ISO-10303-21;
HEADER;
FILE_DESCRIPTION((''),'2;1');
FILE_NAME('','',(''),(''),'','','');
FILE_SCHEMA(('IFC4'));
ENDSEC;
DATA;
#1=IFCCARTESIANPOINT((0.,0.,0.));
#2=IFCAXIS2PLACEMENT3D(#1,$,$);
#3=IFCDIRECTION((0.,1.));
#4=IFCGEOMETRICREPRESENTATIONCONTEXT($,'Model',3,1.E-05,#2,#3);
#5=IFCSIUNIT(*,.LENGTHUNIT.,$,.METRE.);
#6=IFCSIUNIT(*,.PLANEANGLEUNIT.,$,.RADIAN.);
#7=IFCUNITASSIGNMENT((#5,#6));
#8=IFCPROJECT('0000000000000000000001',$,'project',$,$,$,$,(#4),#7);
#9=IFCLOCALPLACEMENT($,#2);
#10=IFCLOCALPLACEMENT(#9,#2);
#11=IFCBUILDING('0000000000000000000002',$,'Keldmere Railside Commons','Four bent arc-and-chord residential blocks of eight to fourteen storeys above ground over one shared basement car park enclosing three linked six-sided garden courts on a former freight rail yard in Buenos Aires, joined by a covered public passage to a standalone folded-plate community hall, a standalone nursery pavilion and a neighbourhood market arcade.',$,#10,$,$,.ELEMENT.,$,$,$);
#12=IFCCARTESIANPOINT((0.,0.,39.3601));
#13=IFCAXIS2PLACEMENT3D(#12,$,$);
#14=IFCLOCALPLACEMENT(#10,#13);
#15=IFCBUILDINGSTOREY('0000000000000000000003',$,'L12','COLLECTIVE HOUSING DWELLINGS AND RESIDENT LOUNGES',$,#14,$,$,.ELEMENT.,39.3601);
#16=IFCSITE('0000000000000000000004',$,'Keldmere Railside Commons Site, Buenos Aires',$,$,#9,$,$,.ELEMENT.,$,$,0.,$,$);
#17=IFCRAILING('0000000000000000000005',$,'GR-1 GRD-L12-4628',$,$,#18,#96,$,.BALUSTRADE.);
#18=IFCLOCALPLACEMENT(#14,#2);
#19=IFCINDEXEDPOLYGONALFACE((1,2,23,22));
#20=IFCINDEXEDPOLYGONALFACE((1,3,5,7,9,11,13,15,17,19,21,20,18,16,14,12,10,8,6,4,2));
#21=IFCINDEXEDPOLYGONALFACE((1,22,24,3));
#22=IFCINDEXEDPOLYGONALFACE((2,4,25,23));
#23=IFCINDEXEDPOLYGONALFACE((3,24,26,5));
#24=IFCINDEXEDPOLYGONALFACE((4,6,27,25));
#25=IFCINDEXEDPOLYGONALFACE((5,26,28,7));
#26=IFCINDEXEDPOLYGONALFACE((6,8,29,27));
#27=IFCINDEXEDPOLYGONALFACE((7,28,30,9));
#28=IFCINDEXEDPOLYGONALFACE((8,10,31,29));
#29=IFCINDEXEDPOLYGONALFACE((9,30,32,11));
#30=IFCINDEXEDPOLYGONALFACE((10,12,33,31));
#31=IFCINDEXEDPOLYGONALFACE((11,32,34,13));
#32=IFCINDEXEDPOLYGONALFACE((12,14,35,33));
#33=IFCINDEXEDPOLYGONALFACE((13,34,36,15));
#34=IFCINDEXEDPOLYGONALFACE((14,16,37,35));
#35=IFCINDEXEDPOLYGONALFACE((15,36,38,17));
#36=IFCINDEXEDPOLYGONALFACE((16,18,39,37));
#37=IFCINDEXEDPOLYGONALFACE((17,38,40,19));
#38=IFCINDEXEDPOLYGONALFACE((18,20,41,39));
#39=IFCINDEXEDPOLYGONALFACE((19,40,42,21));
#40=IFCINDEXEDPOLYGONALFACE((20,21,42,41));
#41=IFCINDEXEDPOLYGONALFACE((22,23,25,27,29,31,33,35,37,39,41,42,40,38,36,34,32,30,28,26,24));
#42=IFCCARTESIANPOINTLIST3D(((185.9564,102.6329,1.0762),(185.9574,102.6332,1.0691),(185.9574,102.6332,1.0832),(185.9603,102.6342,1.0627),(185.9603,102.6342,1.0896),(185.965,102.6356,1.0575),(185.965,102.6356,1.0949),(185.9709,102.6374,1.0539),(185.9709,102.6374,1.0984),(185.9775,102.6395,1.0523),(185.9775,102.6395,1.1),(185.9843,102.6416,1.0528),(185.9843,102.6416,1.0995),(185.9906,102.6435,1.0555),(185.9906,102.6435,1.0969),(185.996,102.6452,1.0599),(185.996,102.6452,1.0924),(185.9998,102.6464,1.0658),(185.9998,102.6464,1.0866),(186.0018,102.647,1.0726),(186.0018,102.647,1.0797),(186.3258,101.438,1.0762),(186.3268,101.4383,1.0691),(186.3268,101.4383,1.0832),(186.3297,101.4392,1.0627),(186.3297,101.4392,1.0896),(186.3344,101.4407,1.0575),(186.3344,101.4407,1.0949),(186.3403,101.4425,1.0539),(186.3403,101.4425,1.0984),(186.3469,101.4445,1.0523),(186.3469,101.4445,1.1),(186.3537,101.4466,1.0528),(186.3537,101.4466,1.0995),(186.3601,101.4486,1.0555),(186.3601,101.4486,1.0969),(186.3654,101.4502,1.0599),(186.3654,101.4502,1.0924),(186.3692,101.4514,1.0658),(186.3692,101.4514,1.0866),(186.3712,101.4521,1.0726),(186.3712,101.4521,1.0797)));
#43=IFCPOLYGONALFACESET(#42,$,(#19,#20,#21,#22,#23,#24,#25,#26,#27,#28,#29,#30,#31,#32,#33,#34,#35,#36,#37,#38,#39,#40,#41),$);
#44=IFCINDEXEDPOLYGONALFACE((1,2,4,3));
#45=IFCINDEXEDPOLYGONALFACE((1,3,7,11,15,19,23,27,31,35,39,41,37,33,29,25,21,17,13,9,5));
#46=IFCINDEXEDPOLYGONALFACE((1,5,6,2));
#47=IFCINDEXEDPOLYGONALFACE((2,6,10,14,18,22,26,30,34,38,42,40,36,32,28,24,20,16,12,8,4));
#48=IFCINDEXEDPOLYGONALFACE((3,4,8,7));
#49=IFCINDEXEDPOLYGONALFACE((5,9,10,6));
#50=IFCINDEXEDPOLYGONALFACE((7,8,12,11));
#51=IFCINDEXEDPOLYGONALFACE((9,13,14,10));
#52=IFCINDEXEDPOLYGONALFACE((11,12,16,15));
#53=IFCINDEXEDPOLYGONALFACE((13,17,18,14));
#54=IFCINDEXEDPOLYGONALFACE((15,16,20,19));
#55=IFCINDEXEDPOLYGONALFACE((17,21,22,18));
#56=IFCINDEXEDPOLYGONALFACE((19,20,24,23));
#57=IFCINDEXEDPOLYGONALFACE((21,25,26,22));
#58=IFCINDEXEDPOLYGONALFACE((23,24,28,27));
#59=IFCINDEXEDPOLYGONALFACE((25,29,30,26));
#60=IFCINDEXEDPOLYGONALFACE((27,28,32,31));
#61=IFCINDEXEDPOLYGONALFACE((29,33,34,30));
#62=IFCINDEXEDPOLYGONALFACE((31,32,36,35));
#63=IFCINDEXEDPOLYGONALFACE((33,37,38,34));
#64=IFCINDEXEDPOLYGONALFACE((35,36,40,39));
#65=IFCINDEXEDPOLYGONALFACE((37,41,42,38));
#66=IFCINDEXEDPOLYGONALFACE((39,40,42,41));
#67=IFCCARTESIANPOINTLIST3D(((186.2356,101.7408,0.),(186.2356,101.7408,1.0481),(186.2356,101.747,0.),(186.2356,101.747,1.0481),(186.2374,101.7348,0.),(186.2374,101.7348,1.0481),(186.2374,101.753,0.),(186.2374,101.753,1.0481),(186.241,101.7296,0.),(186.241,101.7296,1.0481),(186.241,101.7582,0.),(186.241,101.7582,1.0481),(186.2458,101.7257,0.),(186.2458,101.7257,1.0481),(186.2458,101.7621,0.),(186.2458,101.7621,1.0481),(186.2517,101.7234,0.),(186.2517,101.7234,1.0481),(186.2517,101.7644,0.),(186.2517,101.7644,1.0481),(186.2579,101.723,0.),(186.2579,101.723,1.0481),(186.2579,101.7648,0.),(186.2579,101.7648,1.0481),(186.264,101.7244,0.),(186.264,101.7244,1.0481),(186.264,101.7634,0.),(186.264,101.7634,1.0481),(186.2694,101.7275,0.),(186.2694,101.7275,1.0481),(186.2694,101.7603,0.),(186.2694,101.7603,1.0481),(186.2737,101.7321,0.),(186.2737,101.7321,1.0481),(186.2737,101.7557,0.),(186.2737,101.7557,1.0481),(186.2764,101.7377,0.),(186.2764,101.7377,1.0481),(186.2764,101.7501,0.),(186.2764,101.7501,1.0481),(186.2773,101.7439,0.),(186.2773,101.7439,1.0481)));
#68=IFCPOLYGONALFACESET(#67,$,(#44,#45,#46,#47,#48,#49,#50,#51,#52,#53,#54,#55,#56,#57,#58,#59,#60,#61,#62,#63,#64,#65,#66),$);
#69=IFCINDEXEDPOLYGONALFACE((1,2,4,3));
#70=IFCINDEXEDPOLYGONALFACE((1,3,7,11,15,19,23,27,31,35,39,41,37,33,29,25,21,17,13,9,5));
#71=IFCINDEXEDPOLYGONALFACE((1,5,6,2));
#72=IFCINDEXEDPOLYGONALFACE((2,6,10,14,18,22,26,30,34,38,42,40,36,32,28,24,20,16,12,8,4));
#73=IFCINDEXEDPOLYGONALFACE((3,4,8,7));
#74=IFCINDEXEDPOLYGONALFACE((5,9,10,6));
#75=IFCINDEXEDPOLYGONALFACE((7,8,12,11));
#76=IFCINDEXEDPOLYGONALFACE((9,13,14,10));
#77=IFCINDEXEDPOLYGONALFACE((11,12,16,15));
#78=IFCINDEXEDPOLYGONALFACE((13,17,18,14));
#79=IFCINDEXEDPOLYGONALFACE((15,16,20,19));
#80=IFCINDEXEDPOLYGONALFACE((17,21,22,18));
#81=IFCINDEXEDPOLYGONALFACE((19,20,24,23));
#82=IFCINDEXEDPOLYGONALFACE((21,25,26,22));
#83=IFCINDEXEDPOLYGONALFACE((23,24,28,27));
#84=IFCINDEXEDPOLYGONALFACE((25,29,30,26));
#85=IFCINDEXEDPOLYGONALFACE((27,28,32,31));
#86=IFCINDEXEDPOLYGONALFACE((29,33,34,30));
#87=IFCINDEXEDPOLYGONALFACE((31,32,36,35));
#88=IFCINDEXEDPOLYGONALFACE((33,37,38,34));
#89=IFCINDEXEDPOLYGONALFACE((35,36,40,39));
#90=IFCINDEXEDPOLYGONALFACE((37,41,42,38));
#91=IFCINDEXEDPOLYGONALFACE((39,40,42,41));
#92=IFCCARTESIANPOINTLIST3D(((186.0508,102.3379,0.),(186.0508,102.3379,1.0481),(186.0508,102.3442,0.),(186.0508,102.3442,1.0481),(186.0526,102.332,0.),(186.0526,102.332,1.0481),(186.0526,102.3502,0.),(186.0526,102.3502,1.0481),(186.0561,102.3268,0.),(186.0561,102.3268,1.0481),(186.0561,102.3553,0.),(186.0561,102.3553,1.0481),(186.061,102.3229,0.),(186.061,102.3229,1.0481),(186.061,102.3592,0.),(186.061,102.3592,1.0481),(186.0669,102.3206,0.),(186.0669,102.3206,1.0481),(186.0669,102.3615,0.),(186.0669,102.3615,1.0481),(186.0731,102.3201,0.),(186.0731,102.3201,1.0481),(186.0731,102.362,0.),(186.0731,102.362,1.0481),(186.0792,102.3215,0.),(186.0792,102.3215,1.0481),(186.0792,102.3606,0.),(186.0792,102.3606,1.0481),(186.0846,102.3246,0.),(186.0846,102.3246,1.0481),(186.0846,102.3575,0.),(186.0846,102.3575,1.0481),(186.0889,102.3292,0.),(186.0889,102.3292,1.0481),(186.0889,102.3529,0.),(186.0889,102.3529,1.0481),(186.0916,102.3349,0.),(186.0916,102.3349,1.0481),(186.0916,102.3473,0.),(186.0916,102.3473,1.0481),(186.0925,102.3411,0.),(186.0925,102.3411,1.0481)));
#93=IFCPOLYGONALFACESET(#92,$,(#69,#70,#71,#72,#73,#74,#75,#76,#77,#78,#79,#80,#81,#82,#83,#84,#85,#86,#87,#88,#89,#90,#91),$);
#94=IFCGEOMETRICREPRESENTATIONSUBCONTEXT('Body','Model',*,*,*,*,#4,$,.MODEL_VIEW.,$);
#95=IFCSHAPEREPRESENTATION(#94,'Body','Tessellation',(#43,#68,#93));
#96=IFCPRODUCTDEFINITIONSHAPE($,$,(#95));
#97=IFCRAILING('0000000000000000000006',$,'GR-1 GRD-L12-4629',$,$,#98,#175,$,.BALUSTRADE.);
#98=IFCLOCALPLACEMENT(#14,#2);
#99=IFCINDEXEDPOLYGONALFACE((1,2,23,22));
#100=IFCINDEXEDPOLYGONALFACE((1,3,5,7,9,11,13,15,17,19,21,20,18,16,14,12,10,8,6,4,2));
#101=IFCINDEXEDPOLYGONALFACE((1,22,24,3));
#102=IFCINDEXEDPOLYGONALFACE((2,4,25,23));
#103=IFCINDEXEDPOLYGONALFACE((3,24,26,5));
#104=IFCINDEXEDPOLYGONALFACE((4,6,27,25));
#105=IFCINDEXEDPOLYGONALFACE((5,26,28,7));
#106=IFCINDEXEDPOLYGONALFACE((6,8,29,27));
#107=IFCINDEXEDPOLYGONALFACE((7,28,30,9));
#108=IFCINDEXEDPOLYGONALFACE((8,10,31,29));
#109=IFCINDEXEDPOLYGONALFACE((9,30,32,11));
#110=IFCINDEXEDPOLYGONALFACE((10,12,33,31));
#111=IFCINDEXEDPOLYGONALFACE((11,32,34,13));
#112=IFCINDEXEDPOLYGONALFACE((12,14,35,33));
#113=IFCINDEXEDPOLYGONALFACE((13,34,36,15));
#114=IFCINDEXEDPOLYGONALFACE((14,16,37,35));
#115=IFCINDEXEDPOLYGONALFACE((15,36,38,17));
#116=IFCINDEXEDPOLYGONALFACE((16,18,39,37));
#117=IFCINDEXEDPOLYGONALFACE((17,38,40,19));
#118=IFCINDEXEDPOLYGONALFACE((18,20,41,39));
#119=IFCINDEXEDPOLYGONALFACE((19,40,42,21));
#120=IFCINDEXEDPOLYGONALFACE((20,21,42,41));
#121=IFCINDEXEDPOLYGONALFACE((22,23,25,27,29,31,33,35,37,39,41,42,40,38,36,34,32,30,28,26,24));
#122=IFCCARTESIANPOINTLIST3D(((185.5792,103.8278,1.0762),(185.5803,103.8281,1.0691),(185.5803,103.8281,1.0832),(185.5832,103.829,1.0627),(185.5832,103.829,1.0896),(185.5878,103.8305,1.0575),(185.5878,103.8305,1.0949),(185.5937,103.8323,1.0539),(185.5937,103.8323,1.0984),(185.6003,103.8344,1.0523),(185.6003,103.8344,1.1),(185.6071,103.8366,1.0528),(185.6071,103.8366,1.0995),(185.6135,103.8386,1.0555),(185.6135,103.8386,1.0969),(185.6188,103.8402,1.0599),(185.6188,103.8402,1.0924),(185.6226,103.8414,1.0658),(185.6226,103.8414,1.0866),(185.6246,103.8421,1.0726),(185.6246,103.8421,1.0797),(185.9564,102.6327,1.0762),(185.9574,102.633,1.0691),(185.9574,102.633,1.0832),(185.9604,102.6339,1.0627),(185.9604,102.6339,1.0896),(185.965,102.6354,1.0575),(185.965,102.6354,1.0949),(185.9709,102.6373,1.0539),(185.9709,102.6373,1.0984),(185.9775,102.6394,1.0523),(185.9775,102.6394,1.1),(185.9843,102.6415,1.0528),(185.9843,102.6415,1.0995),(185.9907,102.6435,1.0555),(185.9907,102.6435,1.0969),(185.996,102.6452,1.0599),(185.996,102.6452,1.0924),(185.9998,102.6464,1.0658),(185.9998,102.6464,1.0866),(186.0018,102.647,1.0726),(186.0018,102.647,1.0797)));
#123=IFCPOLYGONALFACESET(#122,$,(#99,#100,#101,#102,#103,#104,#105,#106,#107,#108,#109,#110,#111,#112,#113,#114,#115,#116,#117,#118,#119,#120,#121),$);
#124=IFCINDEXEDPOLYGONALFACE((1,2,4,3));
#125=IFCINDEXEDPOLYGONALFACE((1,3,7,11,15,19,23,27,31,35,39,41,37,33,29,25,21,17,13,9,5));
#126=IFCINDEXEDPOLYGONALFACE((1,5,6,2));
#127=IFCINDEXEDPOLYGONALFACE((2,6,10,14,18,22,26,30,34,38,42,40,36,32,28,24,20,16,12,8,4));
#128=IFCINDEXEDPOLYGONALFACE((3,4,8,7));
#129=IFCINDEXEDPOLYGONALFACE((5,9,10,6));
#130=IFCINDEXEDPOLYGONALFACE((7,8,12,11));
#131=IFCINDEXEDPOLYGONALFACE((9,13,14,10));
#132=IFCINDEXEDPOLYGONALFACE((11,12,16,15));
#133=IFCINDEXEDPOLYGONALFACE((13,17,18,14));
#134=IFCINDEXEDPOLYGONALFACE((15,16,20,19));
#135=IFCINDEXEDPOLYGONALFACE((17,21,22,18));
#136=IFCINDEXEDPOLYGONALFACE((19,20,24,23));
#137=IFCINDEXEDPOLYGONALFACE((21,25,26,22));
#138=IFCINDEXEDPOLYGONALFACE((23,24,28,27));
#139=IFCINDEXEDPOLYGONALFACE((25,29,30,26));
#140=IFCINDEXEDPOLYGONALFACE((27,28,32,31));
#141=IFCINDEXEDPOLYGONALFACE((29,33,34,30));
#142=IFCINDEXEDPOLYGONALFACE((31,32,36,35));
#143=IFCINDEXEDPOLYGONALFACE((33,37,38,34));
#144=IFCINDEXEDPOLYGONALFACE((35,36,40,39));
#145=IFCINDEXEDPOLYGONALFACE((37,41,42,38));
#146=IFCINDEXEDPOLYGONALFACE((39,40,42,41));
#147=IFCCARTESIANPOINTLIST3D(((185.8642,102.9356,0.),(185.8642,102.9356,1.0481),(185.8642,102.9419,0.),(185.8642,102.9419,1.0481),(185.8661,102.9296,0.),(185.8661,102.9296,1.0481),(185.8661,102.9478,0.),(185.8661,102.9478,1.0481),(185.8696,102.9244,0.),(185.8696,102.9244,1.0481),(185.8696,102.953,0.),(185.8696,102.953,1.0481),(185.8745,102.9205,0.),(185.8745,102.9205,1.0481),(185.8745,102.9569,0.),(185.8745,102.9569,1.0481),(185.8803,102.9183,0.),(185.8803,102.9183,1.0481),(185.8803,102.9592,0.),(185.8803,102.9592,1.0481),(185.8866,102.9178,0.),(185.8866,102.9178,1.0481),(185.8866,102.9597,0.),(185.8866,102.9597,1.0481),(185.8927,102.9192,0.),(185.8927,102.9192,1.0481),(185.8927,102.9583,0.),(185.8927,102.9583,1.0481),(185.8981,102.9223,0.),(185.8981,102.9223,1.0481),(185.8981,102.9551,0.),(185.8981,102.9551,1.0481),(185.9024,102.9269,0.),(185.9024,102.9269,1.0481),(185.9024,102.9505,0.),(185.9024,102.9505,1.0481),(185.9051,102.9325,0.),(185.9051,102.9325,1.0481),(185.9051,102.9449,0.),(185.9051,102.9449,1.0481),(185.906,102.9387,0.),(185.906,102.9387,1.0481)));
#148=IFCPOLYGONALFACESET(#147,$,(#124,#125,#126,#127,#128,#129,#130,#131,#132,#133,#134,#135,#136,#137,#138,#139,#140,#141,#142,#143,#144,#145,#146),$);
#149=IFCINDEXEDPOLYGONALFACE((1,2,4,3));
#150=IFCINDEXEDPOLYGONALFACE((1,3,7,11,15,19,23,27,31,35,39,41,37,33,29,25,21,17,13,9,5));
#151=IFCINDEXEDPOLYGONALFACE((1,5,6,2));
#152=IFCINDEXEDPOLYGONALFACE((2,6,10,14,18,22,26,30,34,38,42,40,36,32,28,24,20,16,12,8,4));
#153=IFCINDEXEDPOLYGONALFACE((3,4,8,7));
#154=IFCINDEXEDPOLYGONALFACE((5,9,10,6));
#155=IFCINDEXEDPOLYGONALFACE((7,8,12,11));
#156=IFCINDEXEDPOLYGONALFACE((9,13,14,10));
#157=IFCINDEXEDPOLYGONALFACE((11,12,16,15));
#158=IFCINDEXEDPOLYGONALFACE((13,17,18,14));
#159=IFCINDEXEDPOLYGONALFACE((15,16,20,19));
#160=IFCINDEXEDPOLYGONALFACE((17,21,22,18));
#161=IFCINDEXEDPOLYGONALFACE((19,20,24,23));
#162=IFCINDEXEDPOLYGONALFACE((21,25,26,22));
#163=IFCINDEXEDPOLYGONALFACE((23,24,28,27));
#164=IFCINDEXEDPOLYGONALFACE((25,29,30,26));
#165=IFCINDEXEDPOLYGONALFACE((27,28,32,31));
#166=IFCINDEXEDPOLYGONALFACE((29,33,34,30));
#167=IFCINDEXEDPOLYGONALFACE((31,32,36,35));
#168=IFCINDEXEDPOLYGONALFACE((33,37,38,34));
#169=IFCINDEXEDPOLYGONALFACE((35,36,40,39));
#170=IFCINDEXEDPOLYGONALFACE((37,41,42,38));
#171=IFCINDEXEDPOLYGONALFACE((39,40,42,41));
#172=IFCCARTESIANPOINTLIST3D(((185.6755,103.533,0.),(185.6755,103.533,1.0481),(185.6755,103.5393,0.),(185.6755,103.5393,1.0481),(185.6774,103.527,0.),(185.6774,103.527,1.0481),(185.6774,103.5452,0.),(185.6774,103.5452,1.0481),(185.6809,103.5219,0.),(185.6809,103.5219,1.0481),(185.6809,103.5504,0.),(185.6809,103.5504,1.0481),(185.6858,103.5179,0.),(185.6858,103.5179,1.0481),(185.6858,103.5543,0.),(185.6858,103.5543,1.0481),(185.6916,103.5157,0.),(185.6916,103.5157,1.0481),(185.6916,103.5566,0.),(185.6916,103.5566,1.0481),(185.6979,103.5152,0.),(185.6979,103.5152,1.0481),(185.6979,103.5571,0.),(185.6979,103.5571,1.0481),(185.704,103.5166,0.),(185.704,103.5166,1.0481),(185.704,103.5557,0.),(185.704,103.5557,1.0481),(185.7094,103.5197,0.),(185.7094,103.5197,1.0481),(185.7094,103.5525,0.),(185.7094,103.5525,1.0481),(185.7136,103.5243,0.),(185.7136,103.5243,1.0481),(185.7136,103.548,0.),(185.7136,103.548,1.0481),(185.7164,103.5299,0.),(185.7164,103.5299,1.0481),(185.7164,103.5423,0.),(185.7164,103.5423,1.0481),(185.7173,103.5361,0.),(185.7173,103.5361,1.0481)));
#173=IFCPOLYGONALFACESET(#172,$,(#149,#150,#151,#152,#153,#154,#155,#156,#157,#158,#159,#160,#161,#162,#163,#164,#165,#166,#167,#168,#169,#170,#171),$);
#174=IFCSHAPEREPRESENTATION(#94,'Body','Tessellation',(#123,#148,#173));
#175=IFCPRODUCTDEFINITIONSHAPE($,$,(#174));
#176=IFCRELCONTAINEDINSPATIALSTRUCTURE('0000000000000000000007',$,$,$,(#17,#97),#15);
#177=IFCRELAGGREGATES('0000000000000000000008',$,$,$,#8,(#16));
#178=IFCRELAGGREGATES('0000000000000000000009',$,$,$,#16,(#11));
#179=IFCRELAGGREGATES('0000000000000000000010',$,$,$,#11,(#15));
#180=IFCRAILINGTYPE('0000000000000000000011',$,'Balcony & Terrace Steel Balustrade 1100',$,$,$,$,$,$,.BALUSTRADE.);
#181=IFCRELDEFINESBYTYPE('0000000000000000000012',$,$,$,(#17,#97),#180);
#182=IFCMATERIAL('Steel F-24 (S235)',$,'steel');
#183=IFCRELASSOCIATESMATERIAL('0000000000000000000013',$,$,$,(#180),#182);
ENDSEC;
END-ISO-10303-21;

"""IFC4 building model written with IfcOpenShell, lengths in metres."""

from ifc_helpers import new_model, si_unit, direction, frame, origin, origin_2d, place, context, subcontext, project, spatial, circle, extrude, material, type_object, element, save


model = new_model("IFC4")

# Units and contexts
model_context = context("Model", 3, precision=1e-05, world=origin(), true_north=direction((0.0, 1.0)))
body_context = subcontext(model_context, "Body", "Model", "MODEL_VIEW")
ifc_project = project(units=[si_unit("LENGTHUNIT", "METRE"), si_unit("PLANEANGLEUNIT", "RADIAN")], contexts=[model_context])

# Site, building, storey
site_placement = place(None, origin())
site = spatial("IfcSite", under=ifc_project, at=site_placement, Name="Keldmere Railside Commons Site, Buenos Aires", CompositionType="ELEMENT", RefElevation=0.0)
building_placement = place(site_placement, origin())
building = spatial("IfcBuilding", under=site, at=building_placement, Name="Keldmere Railside Commons", Description="Four bent arc-and-chord residential blocks of eight to fourteen storeys above ground over one shared basement car park enclosing three linked six-sided garden courts on a former freight rail yard in Buenos Aires, joined by a covered public passage to a standalone folded-plate community hall, a standalone nursery pavilion and a neighbourhood market arcade.", CompositionType="ELEMENT")
storey_placement = place(building_placement, frame((0.0, 0.0, 39.3601)))
storey = spatial("IfcBuildingStorey", under=building, at=storey_placement, Name="L12", Description="COLLECTIVE HOUSING DWELLINGS AND RESIDENT LOUNGES", CompositionType="ELEMENT", Elevation=39.3601)

# Railings
ifc_material_1 = material(Name="Steel F-24 (S235)", Category="steel")
railing_type = type_object("IfcRailingType", Name="Balcony & Terrace Steel Balustrade 1100", PredefinedType="BALUSTRADE", material=ifc_material_1)
railing_1_placement = place(storey_placement, frame((186.3486, 101.4451, 0.0)))
element("IfcRailing", 1, at=railing_1_placement, inside=storey, type_object=railing_type, Name="GR-1 GRD-L12-4628", PredefinedType="BALUSTRADE", context=body_context, shape_type="SweptSolid", body=[
    extrude(circle(Radius=0.0239, at=origin_2d()), frame((0.0, 0.0, 1.0762), z_axis=(-0.295361, 0.955386, 0.0), x_axis=(-0.955386, -0.295361, 0.0)), (0.0, 0.0, 1.0), 1.2507),
    extrude(circle(Radius=0.021, at=origin_2d()), frame((-0.0923, 0.2988, 0.0)), (0.0, 0.0, 1.0), 1.0481),
    extrude(circle(Radius=0.021, at=origin_2d()), frame((-0.2771, 0.896, 0.0)), (0.0, 0.0, 1.0), 1.0481),
])
railing_2_placement = place(storey_placement, frame((185.9792, 102.6399, 0.0)))
element("IfcRailing", 2, at=railing_2_placement, inside=storey, type_object=railing_type, Name="GR-1 GRD-L12-4629", PredefinedType="BALUSTRADE", context=body_context, shape_type="SweptSolid", body=[
    extrude(circle(Radius=0.0239, at=origin_2d()), frame((0.0, 0.0, 1.0762), z_axis=(-0.300992, 0.953627, 0.0), x_axis=(-0.953627, -0.300992, 0.0)), (0.0, 0.0, 1.0), 1.2532),
    extrude(circle(Radius=0.021, at=origin_2d()), frame((-0.0942, 0.2988, 0.0)), (0.0, 0.0, 1.0), 1.0481),
    extrude(circle(Radius=0.021, at=origin_2d()), frame((-0.283, 0.8962, 0.0)), (0.0, 0.0, 1.0), 1.0481),
])

save(model, "model.ifc")
